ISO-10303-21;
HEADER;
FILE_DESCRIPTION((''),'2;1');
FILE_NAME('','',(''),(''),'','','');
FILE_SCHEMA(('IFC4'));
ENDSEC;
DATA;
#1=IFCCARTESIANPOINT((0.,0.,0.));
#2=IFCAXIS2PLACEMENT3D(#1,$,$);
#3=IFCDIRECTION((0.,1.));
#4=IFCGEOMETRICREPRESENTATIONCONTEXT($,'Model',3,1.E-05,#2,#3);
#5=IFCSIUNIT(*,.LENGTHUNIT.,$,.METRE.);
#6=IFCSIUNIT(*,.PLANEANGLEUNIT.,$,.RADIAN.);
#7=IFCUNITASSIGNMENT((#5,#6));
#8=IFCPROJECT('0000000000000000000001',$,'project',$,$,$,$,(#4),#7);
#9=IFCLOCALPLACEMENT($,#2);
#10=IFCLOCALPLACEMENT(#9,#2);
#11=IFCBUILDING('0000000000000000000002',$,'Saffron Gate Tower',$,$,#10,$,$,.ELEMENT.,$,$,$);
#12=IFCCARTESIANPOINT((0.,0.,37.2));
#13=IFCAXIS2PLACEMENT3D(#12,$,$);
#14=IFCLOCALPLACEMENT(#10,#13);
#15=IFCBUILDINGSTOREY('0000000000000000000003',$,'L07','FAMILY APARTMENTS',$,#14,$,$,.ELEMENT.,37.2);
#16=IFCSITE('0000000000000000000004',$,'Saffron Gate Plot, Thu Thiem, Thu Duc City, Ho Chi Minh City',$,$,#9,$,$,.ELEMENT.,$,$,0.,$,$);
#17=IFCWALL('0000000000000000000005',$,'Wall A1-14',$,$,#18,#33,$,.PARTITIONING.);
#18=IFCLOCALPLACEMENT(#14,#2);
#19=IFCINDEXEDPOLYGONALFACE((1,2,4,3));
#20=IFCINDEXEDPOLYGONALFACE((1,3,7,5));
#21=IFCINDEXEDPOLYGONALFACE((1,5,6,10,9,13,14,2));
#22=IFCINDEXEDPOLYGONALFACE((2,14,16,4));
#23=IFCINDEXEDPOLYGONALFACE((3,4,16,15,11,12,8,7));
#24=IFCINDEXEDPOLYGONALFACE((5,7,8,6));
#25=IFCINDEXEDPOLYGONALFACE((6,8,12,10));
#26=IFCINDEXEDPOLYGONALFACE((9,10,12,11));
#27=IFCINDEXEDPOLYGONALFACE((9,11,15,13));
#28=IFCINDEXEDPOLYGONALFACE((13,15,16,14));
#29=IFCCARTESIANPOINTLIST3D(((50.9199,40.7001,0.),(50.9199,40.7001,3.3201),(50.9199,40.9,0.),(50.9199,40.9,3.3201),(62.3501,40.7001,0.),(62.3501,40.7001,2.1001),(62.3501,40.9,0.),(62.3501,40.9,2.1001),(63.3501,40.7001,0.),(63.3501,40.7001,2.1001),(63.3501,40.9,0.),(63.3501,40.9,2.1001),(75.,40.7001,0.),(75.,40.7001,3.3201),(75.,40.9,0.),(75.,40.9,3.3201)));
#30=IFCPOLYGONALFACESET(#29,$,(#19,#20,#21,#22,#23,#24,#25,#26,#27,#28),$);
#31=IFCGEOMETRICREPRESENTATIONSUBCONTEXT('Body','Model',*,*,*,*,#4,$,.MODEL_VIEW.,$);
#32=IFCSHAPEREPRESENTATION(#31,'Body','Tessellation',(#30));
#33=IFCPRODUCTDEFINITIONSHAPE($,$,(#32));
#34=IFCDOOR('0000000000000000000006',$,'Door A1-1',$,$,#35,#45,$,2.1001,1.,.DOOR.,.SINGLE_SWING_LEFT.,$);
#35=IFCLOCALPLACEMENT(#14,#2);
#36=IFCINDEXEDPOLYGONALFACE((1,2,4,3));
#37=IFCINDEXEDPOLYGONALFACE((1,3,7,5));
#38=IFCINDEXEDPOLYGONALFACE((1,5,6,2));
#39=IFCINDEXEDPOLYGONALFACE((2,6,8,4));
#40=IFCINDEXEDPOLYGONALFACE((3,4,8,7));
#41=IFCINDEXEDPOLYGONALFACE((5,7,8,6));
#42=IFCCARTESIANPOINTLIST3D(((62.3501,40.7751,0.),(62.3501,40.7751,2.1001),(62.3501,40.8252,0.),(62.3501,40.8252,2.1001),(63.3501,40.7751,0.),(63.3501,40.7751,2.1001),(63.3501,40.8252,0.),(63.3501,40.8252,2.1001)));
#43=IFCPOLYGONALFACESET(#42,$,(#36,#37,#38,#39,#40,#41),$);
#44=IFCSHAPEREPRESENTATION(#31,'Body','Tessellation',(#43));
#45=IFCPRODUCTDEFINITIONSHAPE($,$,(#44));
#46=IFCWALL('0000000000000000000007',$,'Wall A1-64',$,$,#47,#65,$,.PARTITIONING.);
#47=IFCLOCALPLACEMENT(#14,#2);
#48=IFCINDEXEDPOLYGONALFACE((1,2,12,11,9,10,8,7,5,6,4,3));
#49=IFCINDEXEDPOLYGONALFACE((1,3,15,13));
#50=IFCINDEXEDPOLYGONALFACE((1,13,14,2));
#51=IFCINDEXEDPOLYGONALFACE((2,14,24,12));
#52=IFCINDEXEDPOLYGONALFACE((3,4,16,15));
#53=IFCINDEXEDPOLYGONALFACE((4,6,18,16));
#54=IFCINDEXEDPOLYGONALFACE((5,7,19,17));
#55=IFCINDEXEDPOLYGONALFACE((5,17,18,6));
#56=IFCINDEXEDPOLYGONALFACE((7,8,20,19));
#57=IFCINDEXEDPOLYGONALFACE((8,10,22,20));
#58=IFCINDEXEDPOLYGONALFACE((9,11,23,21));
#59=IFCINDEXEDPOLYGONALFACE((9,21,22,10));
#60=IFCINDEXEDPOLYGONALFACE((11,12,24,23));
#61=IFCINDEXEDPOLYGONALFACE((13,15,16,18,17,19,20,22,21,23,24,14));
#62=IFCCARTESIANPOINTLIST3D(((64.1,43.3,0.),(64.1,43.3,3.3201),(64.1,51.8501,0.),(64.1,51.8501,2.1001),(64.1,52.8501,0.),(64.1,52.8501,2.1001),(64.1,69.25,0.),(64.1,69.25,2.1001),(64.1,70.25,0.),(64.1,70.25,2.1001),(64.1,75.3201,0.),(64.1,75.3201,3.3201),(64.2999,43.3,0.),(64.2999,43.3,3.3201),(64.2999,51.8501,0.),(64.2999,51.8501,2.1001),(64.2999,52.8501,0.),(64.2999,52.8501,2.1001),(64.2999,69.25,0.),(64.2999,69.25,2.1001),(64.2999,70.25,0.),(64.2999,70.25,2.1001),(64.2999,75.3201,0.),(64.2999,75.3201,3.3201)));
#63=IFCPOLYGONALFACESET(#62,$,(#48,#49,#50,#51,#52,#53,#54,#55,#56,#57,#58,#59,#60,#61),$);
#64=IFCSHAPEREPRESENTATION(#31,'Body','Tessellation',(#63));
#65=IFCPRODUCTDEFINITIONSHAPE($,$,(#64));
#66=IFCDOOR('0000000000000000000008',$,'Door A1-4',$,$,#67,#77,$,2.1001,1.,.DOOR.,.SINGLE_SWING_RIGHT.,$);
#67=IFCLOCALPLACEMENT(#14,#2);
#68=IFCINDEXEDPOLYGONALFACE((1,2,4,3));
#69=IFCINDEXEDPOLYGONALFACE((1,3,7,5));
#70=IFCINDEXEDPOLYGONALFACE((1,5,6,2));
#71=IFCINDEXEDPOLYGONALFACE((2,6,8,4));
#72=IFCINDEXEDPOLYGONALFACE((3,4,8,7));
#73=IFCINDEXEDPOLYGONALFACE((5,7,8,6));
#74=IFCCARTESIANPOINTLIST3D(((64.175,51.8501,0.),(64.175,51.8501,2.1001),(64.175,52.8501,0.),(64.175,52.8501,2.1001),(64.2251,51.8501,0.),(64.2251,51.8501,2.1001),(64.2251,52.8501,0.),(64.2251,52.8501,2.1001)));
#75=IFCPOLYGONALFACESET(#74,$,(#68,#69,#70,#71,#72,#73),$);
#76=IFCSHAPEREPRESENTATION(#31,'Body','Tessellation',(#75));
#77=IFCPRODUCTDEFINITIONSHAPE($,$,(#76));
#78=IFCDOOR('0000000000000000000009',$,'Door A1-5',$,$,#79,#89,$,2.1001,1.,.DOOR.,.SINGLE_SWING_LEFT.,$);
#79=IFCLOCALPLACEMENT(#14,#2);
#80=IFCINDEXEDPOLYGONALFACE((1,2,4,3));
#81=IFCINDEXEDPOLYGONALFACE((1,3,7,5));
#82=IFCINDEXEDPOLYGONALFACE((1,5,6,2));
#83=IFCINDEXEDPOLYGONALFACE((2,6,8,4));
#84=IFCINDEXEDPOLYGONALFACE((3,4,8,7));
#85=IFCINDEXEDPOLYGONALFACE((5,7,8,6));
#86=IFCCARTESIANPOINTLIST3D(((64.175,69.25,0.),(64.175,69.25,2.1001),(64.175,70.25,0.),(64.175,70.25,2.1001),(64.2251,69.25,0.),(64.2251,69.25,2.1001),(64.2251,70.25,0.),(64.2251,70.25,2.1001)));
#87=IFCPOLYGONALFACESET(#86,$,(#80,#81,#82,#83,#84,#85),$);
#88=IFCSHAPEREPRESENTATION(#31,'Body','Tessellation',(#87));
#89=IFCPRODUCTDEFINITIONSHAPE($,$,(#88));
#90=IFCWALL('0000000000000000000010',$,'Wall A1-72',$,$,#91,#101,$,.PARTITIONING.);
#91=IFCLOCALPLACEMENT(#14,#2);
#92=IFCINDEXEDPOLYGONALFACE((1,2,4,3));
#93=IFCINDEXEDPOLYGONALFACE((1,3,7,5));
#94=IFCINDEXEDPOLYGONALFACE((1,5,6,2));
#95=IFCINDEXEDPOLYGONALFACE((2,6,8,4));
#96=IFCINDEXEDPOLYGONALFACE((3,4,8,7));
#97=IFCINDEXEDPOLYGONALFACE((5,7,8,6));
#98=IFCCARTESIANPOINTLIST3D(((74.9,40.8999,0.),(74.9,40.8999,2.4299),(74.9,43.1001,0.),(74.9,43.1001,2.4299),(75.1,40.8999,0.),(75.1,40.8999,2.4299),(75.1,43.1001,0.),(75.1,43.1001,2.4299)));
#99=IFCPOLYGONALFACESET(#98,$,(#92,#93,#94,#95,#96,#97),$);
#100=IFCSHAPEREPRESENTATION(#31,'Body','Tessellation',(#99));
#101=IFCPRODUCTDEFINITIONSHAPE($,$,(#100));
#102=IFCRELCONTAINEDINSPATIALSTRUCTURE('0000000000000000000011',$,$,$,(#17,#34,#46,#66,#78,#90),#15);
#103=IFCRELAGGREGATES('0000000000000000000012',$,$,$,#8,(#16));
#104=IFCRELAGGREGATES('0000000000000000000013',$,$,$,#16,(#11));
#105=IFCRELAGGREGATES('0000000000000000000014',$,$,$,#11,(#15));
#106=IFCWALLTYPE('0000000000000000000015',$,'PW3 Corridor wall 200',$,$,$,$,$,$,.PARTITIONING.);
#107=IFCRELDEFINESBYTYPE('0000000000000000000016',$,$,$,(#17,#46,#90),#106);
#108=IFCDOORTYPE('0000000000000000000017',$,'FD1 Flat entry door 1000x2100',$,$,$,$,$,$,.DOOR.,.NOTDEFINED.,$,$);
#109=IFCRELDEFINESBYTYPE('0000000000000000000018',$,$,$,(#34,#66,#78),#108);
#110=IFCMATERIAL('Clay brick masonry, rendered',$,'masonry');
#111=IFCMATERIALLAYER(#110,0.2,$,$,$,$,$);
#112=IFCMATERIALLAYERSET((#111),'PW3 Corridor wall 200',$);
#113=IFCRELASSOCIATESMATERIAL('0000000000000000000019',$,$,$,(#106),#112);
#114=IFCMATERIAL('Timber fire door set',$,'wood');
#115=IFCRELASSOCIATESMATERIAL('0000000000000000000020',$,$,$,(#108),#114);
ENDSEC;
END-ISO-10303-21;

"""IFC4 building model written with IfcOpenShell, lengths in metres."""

from ifc_helpers import new_model, si_unit, direction, frame, frame_2d, origin, place, context, subcontext, project, spatial, rectangle, extrude, material, layer, layer_set, type_object, element, fill, save


model = new_model("IFC4")

# Units and contexts
model_context = context("Model", 3, precision=1e-05, world=origin(), true_north=direction((0.0, 1.0)))
body_context = subcontext(model_context, "Body", "Model", "MODEL_VIEW")
ifc_project = project(units=[si_unit("LENGTHUNIT", "METRE"), si_unit("PLANEANGLEUNIT", "RADIAN")], contexts=[model_context])

# Site, building, storey
site_placement = place(None, origin())
site = spatial("IfcSite", under=ifc_project, at=site_placement, Name="Saffron Gate Plot, Thu Thiem, Thu Duc City, Ho Chi Minh City", CompositionType="ELEMENT", RefElevation=0.0)
building_placement = place(site_placement, origin())
building = spatial("IfcBuilding", under=site, at=building_placement, Name="Saffron Gate Tower", CompositionType="ELEMENT")
storey_placement = place(building_placement, frame((0.0, 0.0, 37.2)))
storey = spatial("IfcBuildingStorey", under=building, at=storey_placement, Name="L07", Description="FAMILY APARTMENTS", CompositionType="ELEMENT", Elevation=37.2)

# Wall, opening, door
ifc_material_1 = material(Name="Clay brick masonry, rendered", Category="masonry")
ifc_layer_1 = layer(ifc_material_1, 0.2)
ifc_layer_set_1 = layer_set([ifc_layer_1], Name="PW3 Corridor wall 200")
wall_type_1 = type_object("IfcWallType", Name="PW3 Corridor wall 200", PredefinedType="PARTITIONING", material=ifc_layer_set_1)
wall_1_placement = place(storey_placement, frame((75.0, 40.8, 0.0), z_axis=(0.0, 0.0, 1.0), x_axis=(-1.0, 0.0, 0.0)))
wall_1 = element("IfcWall", 1, at=wall_1_placement, inside=storey, type_object=wall_type_1, Name="Wall A1-14", PredefinedType="PARTITIONING", context=body_context, shape_type="SweptSolid", body=[
    extrude(rectangle(XDim=24.0801, YDim=0.2, at=frame_2d((12.04, 0.0))), origin(), (0.0, 0.0, 1.0), 3.3201),
])
opening_1_placement = place(wall_1_placement, frame((11.6499, 0.0, 0.0)))
opening_1 = element("IfcOpeningElement", 2, at=opening_1_placement, cuts=wall_1, PredefinedType="OPENING", context=body_context, shape_type="SweptSolid", body=[
    extrude(rectangle(XDim=1.0, YDim=2.1001, at=frame_2d((0.5, 1.05))), frame((0.0, 0.1099, 0.0), z_axis=(0.0, -1.0, 0.0), x_axis=(1.0, 0.0, 0.0)), (0.0, 0.0, 1.0), 0.22),
])
ifc_material_2 = material(Name="Timber fire door set", Category="wood")
door_type_1 = type_object("IfcDoorType", Name="FD1 Flat entry door 1000x2100", OperationType="NOTDEFINED", PredefinedType="DOOR", material=ifc_material_2)
door_1_placement = place(opening_1_placement, origin())
door_1 = element("IfcDoor", 3, at=door_1_placement, inside=storey, type_object=door_type_1, Name="Door A1-1", OperationType="SINGLE_SWING_LEFT", OverallHeight=2.1001, OverallWidth=1.0, PredefinedType="DOOR", context=body_context, shape_type="SweptSolid", body=[
    extrude(rectangle(XDim=1.0, YDim=2.1001, at=frame_2d((0.5, 1.05))), frame((0.0, 0.0249, 0.0), z_axis=(0.0, -1.0, 0.0), x_axis=(1.0, 0.0, 0.0)), (0.0, 0.0, 1.0), 0.05),
])
fill(opening_1, door_1)

# Wall, openings, doors
wall_2_placement = place(storey_placement, frame((64.2, 43.3, 0.0), z_axis=(0.0, 0.0, 1.0), x_axis=(0.0, 1.0, 0.0)))
wall_2 = element("IfcWall", 4, at=wall_2_placement, inside=storey, type_object=wall_type_1, Name="Wall A1-64", PredefinedType="PARTITIONING", context=body_context, shape_type="SweptSolid", body=[
    extrude(rectangle(XDim=32.02, YDim=0.2, at=frame_2d((16.01, 0.0))), origin(), (0.0, 0.0, 1.0), 3.3201),
])
opening_2_placement = place(wall_2_placement, frame((8.55, 0.0, 0.0)))
opening_2 = element("IfcOpeningElement", 5, at=opening_2_placement, cuts=wall_2, PredefinedType="OPENING", context=body_context, shape_type="SweptSolid", body=[
    extrude(rectangle(XDim=1.0, YDim=2.1001, at=frame_2d((0.5, 1.05))), frame((0.0, 0.1099, 0.0), z_axis=(0.0, -1.0, 0.0), x_axis=(1.0, 0.0, 0.0)), (0.0, 0.0, 1.0), 0.22),
])
opening_3_placement = place(wall_2_placement, frame((25.95, 0.0, 0.0)))
opening_3 = element("IfcOpeningElement", 6, at=opening_3_placement, cuts=wall_2, PredefinedType="OPENING", context=body_context, shape_type="SweptSolid", body=[
    extrude(rectangle(XDim=1.0, YDim=2.1001, at=frame_2d((0.5, 1.05))), frame((0.0, 0.1099, 0.0), z_axis=(0.0, -1.0, 0.0), x_axis=(1.0, 0.0, 0.0)), (0.0, 0.0, 1.0), 0.22),
])
door_2_placement = place(opening_2_placement, origin())
door_2 = element("IfcDoor", 7, at=door_2_placement, inside=storey, type_object=door_type_1, Name="Door A1-4", OperationType="SINGLE_SWING_RIGHT", OverallHeight=2.1001, OverallWidth=1.0, PredefinedType="DOOR", context=body_context, shape_type="SweptSolid", body=[
    extrude(rectangle(XDim=1.0, YDim=2.1001, at=frame_2d((0.5, 1.05))), frame((0.0, 0.0249, 0.0), z_axis=(0.0, -1.0, 0.0), x_axis=(1.0, 0.0, 0.0)), (0.0, 0.0, 1.0), 0.05),
])
fill(opening_2, door_2)
door_3_placement = place(opening_3_placement, origin())
door_3 = element("IfcDoor", 8, at=door_3_placement, inside=storey, type_object=door_type_1, Name="Door A1-5", OperationType="SINGLE_SWING_LEFT", OverallHeight=2.1001, OverallWidth=1.0, PredefinedType="DOOR", context=body_context, shape_type="SweptSolid", body=[
    extrude(rectangle(XDim=1.0, YDim=2.1001, at=frame_2d((0.5, 1.05))), frame((0.0, 0.0249, 0.0), z_axis=(0.0, -1.0, 0.0), x_axis=(1.0, 0.0, 0.0)), (0.0, 0.0, 1.0), 0.05),
])
fill(opening_3, door_3)

# Wall
wall_3_placement = place(storey_placement, frame((75.0, 43.1001, 0.0), z_axis=(0.0, 0.0, 1.0), x_axis=(0.0, -1.0, 0.0)))
element("IfcWall", 9, at=wall_3_placement, inside=storey, type_object=wall_type_1, Name="Wall A1-72", PredefinedType="PARTITIONING", context=body_context, shape_type="SweptSolid", body=[
    extrude(rectangle(XDim=2.2002, YDim=0.2, at=frame_2d((1.1001, 0.0))), origin(), (0.0, 0.0, 1.0), 2.4299),
])

save(model, "model.ifc")
